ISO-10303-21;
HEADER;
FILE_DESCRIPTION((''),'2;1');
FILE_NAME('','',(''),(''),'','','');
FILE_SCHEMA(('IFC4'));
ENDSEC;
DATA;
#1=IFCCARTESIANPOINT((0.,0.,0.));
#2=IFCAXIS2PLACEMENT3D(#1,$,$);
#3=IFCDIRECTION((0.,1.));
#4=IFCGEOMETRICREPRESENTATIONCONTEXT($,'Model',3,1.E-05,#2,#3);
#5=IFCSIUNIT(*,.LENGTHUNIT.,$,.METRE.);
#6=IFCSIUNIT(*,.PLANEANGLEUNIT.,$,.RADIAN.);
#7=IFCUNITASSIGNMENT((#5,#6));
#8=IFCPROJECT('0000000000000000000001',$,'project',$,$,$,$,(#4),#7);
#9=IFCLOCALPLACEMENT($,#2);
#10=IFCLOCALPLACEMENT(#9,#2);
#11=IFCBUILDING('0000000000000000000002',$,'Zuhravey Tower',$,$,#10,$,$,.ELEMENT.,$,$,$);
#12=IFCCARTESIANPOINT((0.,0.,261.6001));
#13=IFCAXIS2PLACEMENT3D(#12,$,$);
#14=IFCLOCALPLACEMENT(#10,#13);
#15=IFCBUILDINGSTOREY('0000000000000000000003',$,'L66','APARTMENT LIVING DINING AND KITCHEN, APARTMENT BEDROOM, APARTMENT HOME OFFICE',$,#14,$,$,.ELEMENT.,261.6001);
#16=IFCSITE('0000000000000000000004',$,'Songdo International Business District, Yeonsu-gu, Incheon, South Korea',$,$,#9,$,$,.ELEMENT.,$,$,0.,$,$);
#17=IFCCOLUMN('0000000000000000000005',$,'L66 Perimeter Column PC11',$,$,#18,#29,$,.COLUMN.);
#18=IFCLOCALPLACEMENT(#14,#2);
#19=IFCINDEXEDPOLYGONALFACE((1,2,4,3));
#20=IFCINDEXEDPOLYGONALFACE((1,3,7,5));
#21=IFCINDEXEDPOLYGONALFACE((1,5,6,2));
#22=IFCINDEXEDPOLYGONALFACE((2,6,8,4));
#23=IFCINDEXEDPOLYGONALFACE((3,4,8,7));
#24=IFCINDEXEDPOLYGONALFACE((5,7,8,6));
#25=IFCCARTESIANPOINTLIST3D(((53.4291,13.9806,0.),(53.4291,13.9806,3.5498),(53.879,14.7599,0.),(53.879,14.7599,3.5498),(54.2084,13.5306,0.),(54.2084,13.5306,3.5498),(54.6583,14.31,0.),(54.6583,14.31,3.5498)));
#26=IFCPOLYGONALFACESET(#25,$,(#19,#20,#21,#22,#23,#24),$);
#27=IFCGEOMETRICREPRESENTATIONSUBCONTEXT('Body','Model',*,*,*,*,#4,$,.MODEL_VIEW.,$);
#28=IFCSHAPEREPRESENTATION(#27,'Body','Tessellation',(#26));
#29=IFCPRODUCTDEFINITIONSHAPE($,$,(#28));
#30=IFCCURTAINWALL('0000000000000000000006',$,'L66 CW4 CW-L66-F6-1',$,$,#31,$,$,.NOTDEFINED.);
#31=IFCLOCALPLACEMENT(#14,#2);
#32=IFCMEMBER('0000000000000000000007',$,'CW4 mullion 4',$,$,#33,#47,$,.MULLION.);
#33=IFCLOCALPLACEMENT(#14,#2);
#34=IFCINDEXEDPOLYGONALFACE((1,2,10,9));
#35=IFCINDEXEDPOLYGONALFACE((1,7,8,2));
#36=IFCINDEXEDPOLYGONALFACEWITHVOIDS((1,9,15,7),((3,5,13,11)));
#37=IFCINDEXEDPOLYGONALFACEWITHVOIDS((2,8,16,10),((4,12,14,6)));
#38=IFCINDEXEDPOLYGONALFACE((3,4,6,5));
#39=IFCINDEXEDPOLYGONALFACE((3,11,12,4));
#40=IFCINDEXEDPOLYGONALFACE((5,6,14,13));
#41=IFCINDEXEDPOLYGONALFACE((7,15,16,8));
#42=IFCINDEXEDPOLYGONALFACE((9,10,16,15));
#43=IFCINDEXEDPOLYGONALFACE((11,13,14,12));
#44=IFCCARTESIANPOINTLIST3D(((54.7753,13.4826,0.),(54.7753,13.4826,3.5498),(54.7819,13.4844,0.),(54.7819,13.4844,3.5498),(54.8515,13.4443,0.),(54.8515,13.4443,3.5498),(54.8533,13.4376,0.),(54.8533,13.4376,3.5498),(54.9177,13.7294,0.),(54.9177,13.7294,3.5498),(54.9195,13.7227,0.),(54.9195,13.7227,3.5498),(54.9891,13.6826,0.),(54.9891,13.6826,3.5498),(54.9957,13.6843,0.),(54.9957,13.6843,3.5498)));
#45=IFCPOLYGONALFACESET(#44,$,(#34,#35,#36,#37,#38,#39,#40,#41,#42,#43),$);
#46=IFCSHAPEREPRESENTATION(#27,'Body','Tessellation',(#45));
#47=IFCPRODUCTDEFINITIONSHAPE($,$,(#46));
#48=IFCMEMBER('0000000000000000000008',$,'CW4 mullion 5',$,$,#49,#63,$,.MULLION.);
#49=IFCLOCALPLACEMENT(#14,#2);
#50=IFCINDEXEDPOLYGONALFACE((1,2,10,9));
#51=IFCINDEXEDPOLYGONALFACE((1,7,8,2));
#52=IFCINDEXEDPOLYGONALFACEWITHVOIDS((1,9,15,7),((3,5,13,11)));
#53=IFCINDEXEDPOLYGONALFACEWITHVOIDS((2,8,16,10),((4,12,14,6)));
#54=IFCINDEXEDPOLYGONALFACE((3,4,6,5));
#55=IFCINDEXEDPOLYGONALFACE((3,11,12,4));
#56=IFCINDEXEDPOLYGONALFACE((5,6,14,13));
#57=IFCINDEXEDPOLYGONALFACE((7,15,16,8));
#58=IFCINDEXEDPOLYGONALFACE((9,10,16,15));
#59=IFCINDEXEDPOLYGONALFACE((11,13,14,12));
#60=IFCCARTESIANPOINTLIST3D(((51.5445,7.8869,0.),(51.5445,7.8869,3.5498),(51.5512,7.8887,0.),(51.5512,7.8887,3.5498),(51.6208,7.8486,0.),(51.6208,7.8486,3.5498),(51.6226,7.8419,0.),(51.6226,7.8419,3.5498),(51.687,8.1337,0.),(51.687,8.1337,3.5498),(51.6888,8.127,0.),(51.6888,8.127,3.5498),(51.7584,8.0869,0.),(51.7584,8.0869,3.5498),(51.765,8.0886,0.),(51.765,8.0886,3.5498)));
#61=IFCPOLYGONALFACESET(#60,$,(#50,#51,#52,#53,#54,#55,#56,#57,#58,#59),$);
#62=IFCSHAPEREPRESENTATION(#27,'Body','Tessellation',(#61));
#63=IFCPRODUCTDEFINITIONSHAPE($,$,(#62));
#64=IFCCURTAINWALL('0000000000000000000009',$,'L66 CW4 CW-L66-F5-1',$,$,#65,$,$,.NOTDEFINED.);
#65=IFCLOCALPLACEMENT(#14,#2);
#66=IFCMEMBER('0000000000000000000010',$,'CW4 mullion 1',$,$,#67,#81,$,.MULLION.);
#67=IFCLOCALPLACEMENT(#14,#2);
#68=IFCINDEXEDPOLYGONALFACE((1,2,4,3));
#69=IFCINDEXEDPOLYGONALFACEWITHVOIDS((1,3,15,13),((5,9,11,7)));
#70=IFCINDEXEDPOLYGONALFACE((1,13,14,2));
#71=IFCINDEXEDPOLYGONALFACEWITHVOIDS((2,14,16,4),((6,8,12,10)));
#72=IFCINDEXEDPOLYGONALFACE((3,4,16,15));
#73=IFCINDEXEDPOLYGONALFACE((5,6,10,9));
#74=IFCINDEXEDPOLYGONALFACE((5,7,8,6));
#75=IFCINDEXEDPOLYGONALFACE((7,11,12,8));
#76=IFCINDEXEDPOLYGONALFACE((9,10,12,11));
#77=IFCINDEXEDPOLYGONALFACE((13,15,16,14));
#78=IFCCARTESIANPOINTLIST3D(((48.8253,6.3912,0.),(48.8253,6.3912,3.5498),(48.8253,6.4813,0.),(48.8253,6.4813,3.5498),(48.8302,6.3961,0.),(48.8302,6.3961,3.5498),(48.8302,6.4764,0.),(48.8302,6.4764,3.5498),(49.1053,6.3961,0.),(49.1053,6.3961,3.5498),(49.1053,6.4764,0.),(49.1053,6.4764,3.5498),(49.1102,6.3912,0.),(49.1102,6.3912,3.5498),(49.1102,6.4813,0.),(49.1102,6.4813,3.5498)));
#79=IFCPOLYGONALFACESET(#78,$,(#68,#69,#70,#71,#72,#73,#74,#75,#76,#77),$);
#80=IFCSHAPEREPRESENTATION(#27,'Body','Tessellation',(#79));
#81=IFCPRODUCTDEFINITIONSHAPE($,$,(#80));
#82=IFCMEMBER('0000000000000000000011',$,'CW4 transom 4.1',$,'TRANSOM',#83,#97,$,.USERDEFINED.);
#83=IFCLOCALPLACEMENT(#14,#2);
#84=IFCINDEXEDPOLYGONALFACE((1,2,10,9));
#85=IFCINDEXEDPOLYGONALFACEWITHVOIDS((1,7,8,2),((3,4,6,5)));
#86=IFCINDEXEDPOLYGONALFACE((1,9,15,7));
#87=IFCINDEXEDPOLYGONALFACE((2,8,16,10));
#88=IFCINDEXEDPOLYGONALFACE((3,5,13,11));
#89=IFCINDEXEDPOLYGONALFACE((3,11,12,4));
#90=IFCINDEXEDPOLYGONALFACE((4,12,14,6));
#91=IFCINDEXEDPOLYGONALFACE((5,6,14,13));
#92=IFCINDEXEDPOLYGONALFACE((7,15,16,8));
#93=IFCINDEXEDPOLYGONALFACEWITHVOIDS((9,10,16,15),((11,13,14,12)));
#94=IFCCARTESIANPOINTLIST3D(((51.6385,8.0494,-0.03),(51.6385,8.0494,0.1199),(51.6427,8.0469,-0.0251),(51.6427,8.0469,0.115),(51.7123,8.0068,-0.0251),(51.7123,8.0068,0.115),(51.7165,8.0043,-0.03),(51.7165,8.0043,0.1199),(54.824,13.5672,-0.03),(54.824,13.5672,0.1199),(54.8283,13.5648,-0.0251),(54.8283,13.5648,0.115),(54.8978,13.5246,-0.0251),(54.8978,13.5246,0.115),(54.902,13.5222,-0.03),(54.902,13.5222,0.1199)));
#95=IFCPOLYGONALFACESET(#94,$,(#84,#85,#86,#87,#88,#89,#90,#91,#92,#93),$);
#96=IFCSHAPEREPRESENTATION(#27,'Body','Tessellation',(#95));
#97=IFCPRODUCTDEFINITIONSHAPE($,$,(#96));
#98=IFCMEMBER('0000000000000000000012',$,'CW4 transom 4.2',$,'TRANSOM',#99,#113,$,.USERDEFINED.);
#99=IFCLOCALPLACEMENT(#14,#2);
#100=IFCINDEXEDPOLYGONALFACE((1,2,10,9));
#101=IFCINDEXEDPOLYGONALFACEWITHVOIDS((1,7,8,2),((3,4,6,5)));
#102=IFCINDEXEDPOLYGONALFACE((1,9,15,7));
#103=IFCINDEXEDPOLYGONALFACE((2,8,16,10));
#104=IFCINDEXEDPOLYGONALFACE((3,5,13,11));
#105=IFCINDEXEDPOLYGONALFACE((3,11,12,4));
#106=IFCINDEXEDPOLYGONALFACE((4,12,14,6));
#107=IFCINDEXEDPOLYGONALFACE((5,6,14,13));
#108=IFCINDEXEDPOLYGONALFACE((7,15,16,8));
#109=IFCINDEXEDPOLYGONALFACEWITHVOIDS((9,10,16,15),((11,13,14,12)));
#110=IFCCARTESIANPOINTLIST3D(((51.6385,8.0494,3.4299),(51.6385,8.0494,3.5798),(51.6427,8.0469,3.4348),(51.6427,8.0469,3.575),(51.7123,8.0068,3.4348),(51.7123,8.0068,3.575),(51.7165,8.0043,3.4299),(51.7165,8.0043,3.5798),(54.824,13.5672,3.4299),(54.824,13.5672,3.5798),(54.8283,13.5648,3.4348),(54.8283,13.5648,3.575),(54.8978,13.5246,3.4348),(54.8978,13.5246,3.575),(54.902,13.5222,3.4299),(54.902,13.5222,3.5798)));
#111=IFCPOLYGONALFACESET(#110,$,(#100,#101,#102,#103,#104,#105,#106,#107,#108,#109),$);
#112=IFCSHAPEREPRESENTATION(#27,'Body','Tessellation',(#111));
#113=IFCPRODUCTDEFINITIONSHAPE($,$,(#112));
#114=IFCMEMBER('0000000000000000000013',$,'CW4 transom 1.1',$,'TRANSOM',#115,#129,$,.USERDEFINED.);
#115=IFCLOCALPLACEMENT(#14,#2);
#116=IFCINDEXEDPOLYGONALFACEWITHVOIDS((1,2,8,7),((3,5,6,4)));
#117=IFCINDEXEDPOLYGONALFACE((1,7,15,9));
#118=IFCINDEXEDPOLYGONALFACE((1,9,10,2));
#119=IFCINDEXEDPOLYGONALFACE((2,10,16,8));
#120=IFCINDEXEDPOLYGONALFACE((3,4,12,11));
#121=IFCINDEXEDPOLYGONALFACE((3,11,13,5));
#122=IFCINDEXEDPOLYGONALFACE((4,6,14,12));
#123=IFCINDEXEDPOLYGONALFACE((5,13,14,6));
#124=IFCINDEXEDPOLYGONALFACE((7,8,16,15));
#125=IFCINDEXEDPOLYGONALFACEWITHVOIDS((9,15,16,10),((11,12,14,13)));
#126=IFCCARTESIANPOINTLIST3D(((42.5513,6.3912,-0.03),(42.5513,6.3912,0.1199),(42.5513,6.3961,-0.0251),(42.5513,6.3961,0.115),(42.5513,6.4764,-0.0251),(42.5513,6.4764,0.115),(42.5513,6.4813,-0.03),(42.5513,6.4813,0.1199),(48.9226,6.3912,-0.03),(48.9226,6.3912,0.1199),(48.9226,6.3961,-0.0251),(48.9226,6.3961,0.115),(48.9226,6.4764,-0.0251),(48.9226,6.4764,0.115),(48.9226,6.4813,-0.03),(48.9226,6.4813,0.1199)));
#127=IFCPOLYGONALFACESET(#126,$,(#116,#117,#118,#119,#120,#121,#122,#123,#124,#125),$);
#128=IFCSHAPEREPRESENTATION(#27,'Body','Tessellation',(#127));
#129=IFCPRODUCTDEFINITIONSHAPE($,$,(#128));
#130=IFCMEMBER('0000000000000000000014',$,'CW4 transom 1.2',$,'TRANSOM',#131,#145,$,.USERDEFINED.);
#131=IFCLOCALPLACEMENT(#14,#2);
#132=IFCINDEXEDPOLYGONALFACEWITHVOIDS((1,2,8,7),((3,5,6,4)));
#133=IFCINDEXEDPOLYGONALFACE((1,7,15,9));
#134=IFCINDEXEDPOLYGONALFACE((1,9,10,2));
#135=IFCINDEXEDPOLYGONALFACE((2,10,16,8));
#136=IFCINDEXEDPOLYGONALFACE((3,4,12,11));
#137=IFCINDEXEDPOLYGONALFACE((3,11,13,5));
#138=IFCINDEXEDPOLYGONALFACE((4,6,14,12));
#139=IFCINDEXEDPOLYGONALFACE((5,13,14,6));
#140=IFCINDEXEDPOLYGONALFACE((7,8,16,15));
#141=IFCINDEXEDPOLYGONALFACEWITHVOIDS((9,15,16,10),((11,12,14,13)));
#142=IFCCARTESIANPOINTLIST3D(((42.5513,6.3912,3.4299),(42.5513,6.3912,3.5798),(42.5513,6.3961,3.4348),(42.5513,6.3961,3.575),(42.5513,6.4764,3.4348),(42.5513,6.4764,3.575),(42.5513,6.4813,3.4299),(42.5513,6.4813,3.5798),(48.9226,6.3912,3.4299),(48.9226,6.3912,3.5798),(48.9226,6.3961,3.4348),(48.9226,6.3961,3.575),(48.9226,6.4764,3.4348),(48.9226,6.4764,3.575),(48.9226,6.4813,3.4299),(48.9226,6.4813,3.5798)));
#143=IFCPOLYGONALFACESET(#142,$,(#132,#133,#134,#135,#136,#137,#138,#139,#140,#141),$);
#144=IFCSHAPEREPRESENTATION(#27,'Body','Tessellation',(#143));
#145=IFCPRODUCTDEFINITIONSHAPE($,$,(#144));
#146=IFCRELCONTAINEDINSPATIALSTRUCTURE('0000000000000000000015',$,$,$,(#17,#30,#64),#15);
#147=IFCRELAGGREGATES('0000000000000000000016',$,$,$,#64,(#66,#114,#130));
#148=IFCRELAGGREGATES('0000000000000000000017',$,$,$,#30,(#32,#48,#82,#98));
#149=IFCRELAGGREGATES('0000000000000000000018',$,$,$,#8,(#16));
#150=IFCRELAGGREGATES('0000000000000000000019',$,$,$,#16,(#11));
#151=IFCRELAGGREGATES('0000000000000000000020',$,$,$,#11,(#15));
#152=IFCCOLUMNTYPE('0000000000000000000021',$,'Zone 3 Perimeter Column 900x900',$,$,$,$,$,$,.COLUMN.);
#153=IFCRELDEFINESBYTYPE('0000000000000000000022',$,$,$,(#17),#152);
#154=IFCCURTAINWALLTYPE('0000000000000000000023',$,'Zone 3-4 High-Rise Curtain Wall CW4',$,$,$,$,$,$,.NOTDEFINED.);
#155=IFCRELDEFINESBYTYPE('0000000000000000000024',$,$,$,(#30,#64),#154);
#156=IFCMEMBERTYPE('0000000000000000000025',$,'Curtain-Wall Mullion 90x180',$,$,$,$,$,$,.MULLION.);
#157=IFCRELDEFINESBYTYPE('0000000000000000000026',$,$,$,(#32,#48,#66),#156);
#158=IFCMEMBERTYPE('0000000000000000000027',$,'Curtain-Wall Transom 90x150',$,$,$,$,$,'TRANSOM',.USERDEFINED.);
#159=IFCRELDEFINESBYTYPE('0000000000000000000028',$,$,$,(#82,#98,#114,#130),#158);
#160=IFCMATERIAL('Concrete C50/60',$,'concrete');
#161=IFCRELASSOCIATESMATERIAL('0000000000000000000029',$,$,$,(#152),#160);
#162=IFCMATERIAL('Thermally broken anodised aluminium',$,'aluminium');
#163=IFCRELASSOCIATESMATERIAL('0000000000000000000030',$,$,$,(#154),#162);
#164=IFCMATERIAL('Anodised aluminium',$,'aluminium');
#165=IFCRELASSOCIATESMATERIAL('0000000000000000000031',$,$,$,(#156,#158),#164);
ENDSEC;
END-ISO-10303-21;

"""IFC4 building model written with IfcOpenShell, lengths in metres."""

from ifc_helpers import new_model, si_unit, direction, frame, origin, origin_2d, place, context, subcontext, project, spatial, rectangle, hollow_rectangle, extrude, material, material_profile, profile_set, type_object, element, aggregate, save


model = new_model("IFC4")

# Units and contexts
model_context = context("Model", 3, precision=1e-05, world=origin(), true_north=direction((0.0, 1.0)))
body_context = subcontext(model_context, "Body", "Model", "MODEL_VIEW")
ifc_project = project(units=[si_unit("LENGTHUNIT", "METRE"), si_unit("PLANEANGLEUNIT", "RADIAN")], contexts=[model_context])

# Site, building, storey
site_placement = place(None, origin())
site = spatial("IfcSite", under=ifc_project, at=site_placement, Name="Songdo International Business District, Yeonsu-gu, Incheon, South Korea", CompositionType="ELEMENT", RefElevation=0.0)
building_placement = place(site_placement, origin())
building = spatial("IfcBuilding", under=site, at=building_placement, Name="Zuhravey Tower", CompositionType="ELEMENT")
storey_placement = place(building_placement, frame((0.0, 0.0, 261.6001)))
storey = spatial("IfcBuildingStorey", under=building, at=storey_placement, Name="L66", Description="APARTMENT LIVING DINING AND KITCHEN, APARTMENT BEDROOM, APARTMENT HOME OFFICE", CompositionType="ELEMENT", Elevation=261.6001)

# Column
ifc_material_1 = material(Name="Concrete C50/60", Category="concrete")
ifc_material_profile_1 = material_profile(ifc_material_1, rectangle(XDim=0.8999, YDim=0.8999, at=origin_2d()), Name="RC-900x900")
ifc_profile_set_1 = profile_set([ifc_material_profile_1], Name="Concrete C50/60")
column_type = type_object("IfcColumnType", Name="Zone 3 Perimeter Column 900x900", PredefinedType="COLUMN", material=ifc_profile_set_1)
column_placement = place(storey_placement, frame((54.0437, 14.1453, 0.0), z_axis=(0.0, 0.0, 1.0), x_axis=(0.5, 0.866025, 0.0)))
element("IfcColumn", 1, at=column_placement, inside=storey, type_object=column_type, Name="L66 Perimeter Column PC11", PredefinedType="COLUMN", context=body_context, shape_type="SweptSolid", body=[
    extrude(rectangle(XDim=0.8999, YDim=0.8999, at=origin_2d()), origin(), (0.0, 0.0, 1.0), 3.5498),
])

# Curtain wall, members
ifc_material_2 = material(Name="Thermally broken anodised aluminium", Category="aluminium")
curtain_wall_type = type_object("IfcCurtainWallType", Name="Zone 3-4 High-Rise Curtain Wall CW4", PredefinedType="NOTDEFINED", material=ifc_material_2)
curtain_wall_1_placement = place(storey_placement, origin())
curtain_wall_1 = element("IfcCurtainWall", 2, at=curtain_wall_1_placement, inside=storey, type_object=curtain_wall_type, Name="L66 CW4 CW-L66-F6-1", PredefinedType="NOTDEFINED")
ifc_material_3 = material(Name="Anodised aluminium", Category="aluminium")
ifc_material_profile_2 = material_profile(ifc_material_3, hollow_rectangle(XDim=0.0901, YDim=0.2849, WallThickness=0.0049, at=origin_2d()), Name="ALU-RHS-90x285x5")
ifc_profile_set_2 = profile_set([ifc_material_profile_2], Name="Anodised aluminium")
member_type_1 = type_object("IfcMemberType", Name="Curtain-Wall Mullion 90x180", PredefinedType="MULLION", material=ifc_profile_set_2)
member_1_placement = place(storey_placement, frame((54.8855, 13.5835, 0.0), z_axis=(0.0, 0.0, 1.0), x_axis=(0.866025, -0.500001, 0.0)))
member_1 = element("IfcMember", 3, at=member_1_placement, type_object=member_type_1, Name="CW4 mullion 4", PredefinedType="MULLION", context=body_context, shape_type="SweptSolid", body=[
    extrude(hollow_rectangle(XDim=0.0901, YDim=0.2849, WallThickness=0.0049, at=origin_2d()), origin(), (0.0, 0.0, 1.0), 3.5498),
])
member_2_placement = place(storey_placement, frame((51.6548, 7.9878, 0.0), z_axis=(0.0, 0.0, 1.0), x_axis=(0.866025, -0.500001, 0.0)))
member_2 = element("IfcMember", 4, at=member_2_placement, type_object=member_type_1, Name="CW4 mullion 5", PredefinedType="MULLION", context=body_context, shape_type="SweptSolid", body=[
    extrude(hollow_rectangle(XDim=0.0901, YDim=0.2849, WallThickness=0.0049, at=origin_2d()), origin(), (0.0, 0.0, 1.0), 3.5498),
])

# Curtain wall, member
curtain_wall_2_placement = place(storey_placement, origin())
curtain_wall_2 = element("IfcCurtainWall", 5, at=curtain_wall_2_placement, inside=storey, type_object=curtain_wall_type, Name="L66 CW4 CW-L66-F5-1", PredefinedType="NOTDEFINED")
member_3_placement = place(storey_placement, frame((48.9678, 6.4363, 0.0), z_axis=(0.0, 0.0, 1.0), x_axis=(0.0, -1.0, 0.0)))
member_3 = element("IfcMember", 6, at=member_3_placement, type_object=member_type_1, Name="CW4 mullion 1", PredefinedType="MULLION", context=body_context, shape_type="SweptSolid", body=[
    extrude(hollow_rectangle(XDim=0.0901, YDim=0.2849, WallThickness=0.0049, at=origin_2d()), origin(), (0.0, 0.0, 1.0), 3.5498),
])

# Members
ifc_material_profile_3 = material_profile(ifc_material_3, hollow_rectangle(XDim=0.0901, YDim=0.1499, WallThickness=0.0049, at=origin_2d()), Name="ALU-RHS-90x150x5")
ifc_profile_set_3 = profile_set([ifc_material_profile_3], Name="Anodised aluminium")
member_type_2 = type_object("IfcMemberType", Name="Curtain-Wall Transom 90x150", ElementType="TRANSOM", PredefinedType="USERDEFINED", material=ifc_profile_set_3)
member_4_placement = place(storey_placement, frame((54.863, 13.5447, 0.0449), z_axis=(-0.49998, -0.866037, 0.0), x_axis=(0.866037, -0.49998, 0.0)))
member_4 = element("IfcMember", 7, at=member_4_placement, type_object=member_type_2, Name="CW4 transom 4.1", ObjectType="TRANSOM", PredefinedType="USERDEFINED", context=body_context, shape_type="SweptSolid", body=[
    extrude(hollow_rectangle(XDim=0.0901, YDim=0.1499, WallThickness=0.0049, at=origin_2d()), origin(), (0.0, 0.0, 1.0), 6.3713),
])
member_5_placement = place(storey_placement, frame((54.863, 13.5447, 3.5049), z_axis=(-0.49998, -0.866037, 0.0), x_axis=(0.866037, -0.49998, 0.0)))
member_5 = element("IfcMember", 8, at=member_5_placement, type_object=member_type_2, Name="CW4 transom 4.2", ObjectType="TRANSOM", PredefinedType="USERDEFINED", context=body_context, shape_type="SweptSolid", body=[
    extrude(hollow_rectangle(XDim=0.0901, YDim=0.1499, WallThickness=0.0049, at=origin_2d()), origin(), (0.0, 0.0, 1.0), 6.3713),
])
member_6_placement = place(storey_placement, frame((48.9226, 6.4363, 0.0449), z_axis=(-1.0, 0.0, 0.0), x_axis=(0.0, -1.0, 0.0)))
member_6 = element("IfcMember", 9, at=member_6_placement, type_object=member_type_2, Name="CW4 transom 1.1", ObjectType="TRANSOM", PredefinedType="USERDEFINED", context=body_context, shape_type="SweptSolid", body=[
    extrude(hollow_rectangle(XDim=0.0901, YDim=0.1499, WallThickness=0.0049, at=origin_2d()), origin(), (0.0, 0.0, 1.0), 6.3713),
])
member_7_placement = place(storey_placement, frame((48.9226, 6.4363, 3.5049), z_axis=(-1.0, 0.0, 0.0), x_axis=(0.0, -1.0, 0.0)))
member_7 = element("IfcMember", 10, at=member_7_placement, type_object=member_type_2, Name="CW4 transom 1.2", ObjectType="TRANSOM", PredefinedType="USERDEFINED", context=body_context, shape_type="SweptSolid", body=[
    extrude(hollow_rectangle(XDim=0.0901, YDim=0.1499, WallThickness=0.0049, at=origin_2d()), origin(), (0.0, 0.0, 1.0), 6.3713),
])
aggregate(curtain_wall_2, [member_3, member_6, member_7])

aggregate(curtain_wall_1, [member_1, member_2, member_4, member_5])

save(model, "model.ifc")
